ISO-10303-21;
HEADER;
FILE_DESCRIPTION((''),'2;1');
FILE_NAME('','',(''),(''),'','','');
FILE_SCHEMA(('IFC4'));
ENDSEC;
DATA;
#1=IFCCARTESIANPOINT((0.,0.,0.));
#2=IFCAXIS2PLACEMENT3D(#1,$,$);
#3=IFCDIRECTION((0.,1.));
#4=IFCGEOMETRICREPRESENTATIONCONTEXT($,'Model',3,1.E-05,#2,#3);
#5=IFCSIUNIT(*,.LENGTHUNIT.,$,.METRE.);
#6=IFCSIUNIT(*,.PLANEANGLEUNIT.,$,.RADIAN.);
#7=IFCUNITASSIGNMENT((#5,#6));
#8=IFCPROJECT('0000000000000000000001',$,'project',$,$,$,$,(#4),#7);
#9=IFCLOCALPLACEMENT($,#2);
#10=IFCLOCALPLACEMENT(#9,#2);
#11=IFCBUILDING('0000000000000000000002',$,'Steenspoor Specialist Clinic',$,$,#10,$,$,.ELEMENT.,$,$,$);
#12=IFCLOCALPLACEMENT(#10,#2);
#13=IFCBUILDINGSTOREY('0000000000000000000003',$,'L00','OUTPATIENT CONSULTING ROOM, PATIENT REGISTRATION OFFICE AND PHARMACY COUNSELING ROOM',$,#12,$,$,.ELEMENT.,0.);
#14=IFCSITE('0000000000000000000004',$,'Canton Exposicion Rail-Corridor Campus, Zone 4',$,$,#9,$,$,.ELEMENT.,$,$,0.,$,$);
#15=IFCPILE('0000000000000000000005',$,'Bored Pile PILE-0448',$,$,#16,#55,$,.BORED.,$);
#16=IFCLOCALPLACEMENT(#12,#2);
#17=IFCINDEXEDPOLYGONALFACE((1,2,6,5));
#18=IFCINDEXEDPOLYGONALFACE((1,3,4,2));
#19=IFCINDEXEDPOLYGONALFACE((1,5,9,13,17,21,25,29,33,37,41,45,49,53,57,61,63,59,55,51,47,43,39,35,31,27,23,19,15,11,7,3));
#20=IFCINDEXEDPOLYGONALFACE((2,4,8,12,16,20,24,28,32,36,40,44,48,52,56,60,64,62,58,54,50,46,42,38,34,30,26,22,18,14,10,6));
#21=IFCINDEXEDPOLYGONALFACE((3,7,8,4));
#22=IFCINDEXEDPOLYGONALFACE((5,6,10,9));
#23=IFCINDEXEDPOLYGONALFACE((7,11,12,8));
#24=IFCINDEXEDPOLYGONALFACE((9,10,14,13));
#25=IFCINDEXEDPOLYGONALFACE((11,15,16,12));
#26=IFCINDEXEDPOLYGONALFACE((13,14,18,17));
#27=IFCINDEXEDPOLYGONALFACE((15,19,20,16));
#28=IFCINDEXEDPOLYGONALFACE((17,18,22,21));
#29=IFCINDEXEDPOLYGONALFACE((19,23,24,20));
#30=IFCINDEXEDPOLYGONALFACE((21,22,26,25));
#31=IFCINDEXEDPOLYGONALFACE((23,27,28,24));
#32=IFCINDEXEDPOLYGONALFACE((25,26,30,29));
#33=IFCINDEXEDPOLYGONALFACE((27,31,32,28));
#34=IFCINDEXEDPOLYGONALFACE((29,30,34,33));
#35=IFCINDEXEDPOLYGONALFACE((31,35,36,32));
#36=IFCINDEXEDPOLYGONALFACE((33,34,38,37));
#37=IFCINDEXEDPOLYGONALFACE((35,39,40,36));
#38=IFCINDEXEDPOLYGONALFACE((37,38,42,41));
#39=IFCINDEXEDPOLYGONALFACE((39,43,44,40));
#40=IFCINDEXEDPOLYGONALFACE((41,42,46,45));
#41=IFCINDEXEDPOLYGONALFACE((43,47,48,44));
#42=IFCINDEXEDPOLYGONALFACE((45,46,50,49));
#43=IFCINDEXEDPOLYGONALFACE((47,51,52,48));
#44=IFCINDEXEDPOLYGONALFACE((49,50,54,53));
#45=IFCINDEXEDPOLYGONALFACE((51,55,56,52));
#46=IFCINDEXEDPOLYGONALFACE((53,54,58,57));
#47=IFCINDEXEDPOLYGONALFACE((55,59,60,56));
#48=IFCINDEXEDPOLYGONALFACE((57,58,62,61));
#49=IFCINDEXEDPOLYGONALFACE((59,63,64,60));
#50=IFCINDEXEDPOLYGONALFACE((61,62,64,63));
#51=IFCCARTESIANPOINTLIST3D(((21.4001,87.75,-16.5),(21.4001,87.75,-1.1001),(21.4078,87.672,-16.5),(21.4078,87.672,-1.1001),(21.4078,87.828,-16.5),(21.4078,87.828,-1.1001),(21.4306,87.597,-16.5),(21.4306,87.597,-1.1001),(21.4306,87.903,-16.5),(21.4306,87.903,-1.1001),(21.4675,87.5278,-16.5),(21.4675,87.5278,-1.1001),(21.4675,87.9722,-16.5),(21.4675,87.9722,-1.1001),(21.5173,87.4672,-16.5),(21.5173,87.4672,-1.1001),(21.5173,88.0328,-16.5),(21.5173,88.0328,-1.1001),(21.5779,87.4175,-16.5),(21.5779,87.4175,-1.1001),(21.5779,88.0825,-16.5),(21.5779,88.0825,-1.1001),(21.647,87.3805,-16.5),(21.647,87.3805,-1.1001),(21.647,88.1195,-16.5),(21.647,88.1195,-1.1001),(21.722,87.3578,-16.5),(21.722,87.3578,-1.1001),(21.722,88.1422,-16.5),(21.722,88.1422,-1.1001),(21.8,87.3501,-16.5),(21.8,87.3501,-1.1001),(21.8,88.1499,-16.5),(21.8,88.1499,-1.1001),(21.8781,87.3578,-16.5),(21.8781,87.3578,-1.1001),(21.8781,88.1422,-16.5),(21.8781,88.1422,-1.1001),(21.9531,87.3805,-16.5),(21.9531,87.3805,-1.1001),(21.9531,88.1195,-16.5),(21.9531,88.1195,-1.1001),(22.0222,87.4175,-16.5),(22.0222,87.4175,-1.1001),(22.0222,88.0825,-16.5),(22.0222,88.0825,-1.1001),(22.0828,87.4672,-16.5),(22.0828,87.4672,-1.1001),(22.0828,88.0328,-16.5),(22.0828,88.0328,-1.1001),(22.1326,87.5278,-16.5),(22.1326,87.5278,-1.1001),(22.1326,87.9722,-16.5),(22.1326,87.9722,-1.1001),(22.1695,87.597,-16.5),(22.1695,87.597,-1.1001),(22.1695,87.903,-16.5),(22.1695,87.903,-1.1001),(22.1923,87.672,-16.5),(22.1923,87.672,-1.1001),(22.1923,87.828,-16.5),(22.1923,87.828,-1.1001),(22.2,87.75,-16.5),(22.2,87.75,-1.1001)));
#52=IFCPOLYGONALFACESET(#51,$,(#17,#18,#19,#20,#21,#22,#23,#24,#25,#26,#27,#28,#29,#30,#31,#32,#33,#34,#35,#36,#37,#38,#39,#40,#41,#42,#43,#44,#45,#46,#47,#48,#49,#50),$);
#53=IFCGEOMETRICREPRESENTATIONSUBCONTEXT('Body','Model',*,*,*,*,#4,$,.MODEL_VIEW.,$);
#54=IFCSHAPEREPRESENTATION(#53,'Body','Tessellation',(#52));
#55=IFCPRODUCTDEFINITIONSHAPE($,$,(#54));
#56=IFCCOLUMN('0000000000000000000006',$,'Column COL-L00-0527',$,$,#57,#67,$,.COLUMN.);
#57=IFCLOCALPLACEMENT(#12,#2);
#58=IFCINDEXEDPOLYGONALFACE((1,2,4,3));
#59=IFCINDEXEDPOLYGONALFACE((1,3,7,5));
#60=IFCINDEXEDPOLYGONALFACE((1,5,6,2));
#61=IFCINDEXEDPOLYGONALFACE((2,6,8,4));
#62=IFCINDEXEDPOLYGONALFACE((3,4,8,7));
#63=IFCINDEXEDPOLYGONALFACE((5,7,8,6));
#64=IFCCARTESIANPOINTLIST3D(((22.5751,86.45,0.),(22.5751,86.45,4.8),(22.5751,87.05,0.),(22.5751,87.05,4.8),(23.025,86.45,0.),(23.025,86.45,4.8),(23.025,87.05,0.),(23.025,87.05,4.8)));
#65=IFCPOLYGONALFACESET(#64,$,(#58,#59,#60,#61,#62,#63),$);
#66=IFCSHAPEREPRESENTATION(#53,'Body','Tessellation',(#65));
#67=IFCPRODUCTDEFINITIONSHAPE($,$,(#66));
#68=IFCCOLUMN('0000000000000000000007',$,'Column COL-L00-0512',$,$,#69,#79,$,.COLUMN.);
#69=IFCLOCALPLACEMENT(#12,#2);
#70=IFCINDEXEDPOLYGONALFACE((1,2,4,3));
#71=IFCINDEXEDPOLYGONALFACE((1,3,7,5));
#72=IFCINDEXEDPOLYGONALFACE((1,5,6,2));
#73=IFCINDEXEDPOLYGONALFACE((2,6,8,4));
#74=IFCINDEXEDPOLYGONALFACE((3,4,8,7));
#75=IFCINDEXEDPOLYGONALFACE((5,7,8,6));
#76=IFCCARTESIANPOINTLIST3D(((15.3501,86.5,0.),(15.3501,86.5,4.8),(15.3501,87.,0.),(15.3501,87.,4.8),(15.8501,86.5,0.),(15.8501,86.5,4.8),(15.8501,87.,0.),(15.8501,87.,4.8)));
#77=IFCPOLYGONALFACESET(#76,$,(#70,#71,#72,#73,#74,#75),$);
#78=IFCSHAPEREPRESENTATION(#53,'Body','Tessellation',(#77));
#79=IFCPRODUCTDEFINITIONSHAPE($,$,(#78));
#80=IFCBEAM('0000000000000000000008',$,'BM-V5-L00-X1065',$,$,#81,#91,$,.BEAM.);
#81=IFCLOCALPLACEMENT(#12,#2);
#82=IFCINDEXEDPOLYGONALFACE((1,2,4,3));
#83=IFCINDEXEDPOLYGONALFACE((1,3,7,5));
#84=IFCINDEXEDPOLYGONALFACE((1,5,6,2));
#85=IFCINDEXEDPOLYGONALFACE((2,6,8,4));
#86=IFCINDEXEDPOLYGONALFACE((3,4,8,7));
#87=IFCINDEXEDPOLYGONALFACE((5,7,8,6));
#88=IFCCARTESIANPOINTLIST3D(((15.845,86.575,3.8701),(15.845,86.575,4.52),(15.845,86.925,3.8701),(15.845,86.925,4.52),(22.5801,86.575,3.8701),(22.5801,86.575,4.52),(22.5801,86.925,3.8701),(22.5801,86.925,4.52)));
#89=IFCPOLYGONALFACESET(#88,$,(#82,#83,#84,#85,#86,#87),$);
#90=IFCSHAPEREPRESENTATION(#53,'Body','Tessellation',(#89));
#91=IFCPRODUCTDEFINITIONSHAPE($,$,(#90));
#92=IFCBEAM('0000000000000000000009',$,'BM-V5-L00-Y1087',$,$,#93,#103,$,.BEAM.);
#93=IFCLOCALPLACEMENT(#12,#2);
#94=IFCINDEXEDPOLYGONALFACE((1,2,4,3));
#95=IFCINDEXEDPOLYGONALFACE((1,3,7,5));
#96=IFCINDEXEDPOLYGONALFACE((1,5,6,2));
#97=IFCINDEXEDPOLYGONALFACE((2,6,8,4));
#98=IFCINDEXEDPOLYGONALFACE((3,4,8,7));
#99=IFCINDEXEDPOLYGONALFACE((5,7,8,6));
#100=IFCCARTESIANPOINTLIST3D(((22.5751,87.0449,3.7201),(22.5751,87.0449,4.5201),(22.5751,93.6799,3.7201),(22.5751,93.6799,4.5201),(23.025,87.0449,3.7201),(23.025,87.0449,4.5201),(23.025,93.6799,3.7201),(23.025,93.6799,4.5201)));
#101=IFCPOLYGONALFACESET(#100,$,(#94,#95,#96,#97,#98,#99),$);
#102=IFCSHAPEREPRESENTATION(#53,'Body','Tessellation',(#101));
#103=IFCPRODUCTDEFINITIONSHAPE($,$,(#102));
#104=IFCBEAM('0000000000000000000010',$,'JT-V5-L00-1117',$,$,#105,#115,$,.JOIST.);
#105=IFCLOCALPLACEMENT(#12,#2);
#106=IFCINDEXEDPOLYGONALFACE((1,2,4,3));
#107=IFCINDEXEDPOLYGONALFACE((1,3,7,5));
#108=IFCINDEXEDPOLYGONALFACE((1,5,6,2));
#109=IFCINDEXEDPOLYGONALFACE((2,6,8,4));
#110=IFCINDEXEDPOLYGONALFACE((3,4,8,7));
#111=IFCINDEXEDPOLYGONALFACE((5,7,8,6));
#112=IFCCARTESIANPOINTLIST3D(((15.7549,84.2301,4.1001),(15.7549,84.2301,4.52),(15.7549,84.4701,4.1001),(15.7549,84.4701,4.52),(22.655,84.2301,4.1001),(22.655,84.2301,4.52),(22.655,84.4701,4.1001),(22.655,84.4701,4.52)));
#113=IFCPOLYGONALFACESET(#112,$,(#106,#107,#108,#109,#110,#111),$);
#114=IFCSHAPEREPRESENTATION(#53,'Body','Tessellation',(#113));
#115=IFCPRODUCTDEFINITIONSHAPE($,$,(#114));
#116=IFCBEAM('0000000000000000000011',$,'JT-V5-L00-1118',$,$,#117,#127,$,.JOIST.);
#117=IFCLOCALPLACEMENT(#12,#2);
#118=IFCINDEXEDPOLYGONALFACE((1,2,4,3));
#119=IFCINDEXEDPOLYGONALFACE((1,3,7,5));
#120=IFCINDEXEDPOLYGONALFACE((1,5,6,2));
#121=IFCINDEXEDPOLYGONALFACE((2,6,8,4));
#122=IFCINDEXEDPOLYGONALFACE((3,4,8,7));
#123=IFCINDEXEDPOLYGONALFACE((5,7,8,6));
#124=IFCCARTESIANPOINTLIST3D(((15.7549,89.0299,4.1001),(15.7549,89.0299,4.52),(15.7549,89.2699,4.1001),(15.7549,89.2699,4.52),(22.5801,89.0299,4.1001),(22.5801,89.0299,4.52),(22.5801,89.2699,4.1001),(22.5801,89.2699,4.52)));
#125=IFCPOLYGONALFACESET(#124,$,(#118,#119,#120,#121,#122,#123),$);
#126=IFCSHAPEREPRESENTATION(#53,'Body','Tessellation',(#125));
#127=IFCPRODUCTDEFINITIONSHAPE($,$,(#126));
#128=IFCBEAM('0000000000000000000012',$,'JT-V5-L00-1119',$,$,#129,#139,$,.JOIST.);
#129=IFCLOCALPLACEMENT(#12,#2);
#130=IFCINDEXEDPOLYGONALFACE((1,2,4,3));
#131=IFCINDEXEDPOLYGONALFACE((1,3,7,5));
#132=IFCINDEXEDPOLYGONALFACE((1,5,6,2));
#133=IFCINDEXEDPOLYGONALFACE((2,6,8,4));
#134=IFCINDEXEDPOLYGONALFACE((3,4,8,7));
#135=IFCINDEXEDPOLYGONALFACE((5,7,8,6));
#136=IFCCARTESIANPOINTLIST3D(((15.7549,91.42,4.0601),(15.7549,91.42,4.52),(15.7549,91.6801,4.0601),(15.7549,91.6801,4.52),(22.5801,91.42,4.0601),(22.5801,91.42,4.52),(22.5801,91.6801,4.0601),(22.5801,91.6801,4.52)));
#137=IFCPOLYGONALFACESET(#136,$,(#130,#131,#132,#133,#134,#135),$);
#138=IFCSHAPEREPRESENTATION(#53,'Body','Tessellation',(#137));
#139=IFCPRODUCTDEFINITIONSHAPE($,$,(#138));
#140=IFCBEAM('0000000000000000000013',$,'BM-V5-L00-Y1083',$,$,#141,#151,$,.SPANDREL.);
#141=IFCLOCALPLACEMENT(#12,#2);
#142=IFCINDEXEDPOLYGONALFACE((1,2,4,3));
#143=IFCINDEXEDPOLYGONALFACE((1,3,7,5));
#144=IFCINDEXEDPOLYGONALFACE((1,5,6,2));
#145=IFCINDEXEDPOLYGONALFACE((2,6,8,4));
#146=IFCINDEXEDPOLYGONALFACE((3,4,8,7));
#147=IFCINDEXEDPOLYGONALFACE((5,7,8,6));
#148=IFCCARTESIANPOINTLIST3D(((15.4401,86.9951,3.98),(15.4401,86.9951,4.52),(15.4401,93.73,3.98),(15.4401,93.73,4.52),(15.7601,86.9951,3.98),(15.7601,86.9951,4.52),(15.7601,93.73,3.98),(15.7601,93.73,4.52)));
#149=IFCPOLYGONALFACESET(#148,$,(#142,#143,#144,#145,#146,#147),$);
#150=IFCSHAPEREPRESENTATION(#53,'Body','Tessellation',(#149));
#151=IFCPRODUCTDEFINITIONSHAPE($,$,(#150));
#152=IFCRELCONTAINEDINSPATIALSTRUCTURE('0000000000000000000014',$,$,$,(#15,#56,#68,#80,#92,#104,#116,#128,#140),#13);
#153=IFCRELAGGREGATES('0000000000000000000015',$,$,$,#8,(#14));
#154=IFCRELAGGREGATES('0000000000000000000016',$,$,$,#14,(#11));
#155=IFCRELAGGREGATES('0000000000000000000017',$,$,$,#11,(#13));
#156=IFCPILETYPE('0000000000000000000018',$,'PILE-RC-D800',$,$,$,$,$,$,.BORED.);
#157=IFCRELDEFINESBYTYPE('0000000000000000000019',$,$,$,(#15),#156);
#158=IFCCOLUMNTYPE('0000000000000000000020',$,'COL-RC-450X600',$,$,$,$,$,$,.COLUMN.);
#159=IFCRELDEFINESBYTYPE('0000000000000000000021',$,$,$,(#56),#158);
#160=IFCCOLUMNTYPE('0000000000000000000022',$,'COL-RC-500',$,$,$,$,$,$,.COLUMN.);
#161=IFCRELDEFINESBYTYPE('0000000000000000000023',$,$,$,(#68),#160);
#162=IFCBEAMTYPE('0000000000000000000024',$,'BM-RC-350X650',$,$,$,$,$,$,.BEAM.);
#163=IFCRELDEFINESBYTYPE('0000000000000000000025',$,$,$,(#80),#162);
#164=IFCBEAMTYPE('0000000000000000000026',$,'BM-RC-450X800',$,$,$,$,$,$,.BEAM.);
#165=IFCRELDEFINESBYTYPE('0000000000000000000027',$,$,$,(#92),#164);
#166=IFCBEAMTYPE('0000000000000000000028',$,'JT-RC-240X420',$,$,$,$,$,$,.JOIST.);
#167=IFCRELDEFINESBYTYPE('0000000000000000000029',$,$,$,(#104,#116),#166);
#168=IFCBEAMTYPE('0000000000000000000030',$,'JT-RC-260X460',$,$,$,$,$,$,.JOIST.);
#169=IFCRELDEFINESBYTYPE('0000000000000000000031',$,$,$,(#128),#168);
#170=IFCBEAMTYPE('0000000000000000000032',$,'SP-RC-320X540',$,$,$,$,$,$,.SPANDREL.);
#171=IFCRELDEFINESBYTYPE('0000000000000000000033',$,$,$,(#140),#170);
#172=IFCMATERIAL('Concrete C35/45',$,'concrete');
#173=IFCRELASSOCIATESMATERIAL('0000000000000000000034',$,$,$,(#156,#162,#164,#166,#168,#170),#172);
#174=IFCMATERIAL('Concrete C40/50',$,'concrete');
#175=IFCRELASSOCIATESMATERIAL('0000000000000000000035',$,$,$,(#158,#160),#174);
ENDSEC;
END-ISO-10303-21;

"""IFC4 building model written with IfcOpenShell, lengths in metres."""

from ifc_helpers import new_model, si_unit, direction, frame, origin, origin_2d, place, context, subcontext, project, spatial, rectangle, circle, extrude, material, material_profile, profile_set, type_object, element, save


model = new_model("IFC4")

# Units and contexts
model_context = context("Model", 3, precision=1e-05, world=origin(), true_north=direction((0.0, 1.0)))
body_context = subcontext(model_context, "Body", "Model", "MODEL_VIEW")
ifc_project = project(units=[si_unit("LENGTHUNIT", "METRE"), si_unit("PLANEANGLEUNIT", "RADIAN")], contexts=[model_context])

# Site, building, storey
site_placement = place(None, origin())
site = spatial("IfcSite", under=ifc_project, at=site_placement, Name="Canton Exposicion Rail-Corridor Campus, Zone 4", CompositionType="ELEMENT", RefElevation=0.0)
building_placement = place(site_placement, origin())
building = spatial("IfcBuilding", under=site, at=building_placement, Name="Steenspoor Specialist Clinic", CompositionType="ELEMENT")
storey_placement = place(building_placement, origin())
storey = spatial("IfcBuildingStorey", under=building, at=storey_placement, Name="L00", Description="OUTPATIENT CONSULTING ROOM, PATIENT REGISTRATION OFFICE AND PHARMACY COUNSELING ROOM", CompositionType="ELEMENT", Elevation=0.0)

# Shared definitions
ifc_material_1 = material(Name="Concrete C35/45", Category="concrete")

# Pile
ifc_material_profile_1 = material_profile(ifc_material_1, circle(Radius=0.3999, at=origin_2d()), Name="PILE-D800")
ifc_profile_set_1 = profile_set([ifc_material_profile_1], Name="Concrete C35/45")
pile_type = type_object("IfcPileType", Name="PILE-RC-D800", PredefinedType="BORED", material=ifc_profile_set_1)
for number, where, z_axis, x_axis, name in (
    (1, (21.8, 87.75, -1.1001), (0.0, 0.0, -1.0), (1.0, 0.0, 0.0), "Bored Pile PILE-0448"),
):
    element("IfcPile", number, at=place(storey_placement, frame(where, z_axis=z_axis, x_axis=x_axis)), inside=storey, type_object=pile_type, Name=name, PredefinedType="BORED", context=body_context, shape_type="SweptSolid", body=[
        extrude(circle(Radius=0.3999, at=origin_2d()), origin(), (0.0, 0.0, 1.0), 15.3999),
    ])

# Columns
ifc_material_2 = material(Name="Concrete C40/50", Category="concrete")
ifc_material_profile_2 = material_profile(ifc_material_2, rectangle(XDim=0.45, YDim=0.6001, at=origin_2d()), Name="RC-COL-450X600")
ifc_profile_set_2 = profile_set([ifc_material_profile_2], Name="Concrete C40/50")
column_type_1 = type_object("IfcColumnType", Name="COL-RC-450X600", PredefinedType="COLUMN", material=ifc_profile_set_2)
column_1_placement = place(storey_placement, frame((22.8, 86.75, 0.0), z_axis=(0.0, 0.0, 1.0), x_axis=(1.0, 0.0, 0.0)))
element("IfcColumn", 2, at=column_1_placement, inside=storey, type_object=column_type_1, Name="Column COL-L00-0527", PredefinedType="COLUMN", context=body_context, shape_type="SweptSolid", body=[
    extrude(rectangle(XDim=0.45, YDim=0.6001, at=origin_2d()), origin(), (0.0, 0.0, 1.0), 4.8),
])
ifc_material_profile_3 = material_profile(ifc_material_2, rectangle(XDim=0.5, YDim=0.5, at=origin_2d()), Name="RC-COL-500X500")
ifc_profile_set_3 = profile_set([ifc_material_profile_3], Name="Concrete C40/50")
column_type_2 = type_object("IfcColumnType", Name="COL-RC-500", PredefinedType="COLUMN", material=ifc_profile_set_3)
column_2_placement = place(storey_placement, frame((15.6001, 86.75, 0.0), z_axis=(0.0, 0.0, 1.0), x_axis=(1.0, 0.0, 0.0)))
element("IfcColumn", 3, at=column_2_placement, inside=storey, type_object=column_type_2, Name="Column COL-L00-0512", PredefinedType="COLUMN", context=body_context, shape_type="SweptSolid", body=[
    extrude(rectangle(XDim=0.5, YDim=0.5, at=origin_2d()), origin(), (0.0, 0.0, 1.0), 4.8),
])

# Beams
ifc_material_profile_4 = material_profile(ifc_material_1, rectangle(XDim=0.3501, YDim=0.6499, at=origin_2d()), Name="RC-BM-350X650")
ifc_profile_set_4 = profile_set([ifc_material_profile_4], Name="Concrete C35/45")
beam_type_1 = type_object("IfcBeamType", Name="BM-RC-350X650", PredefinedType="BEAM", material=ifc_profile_set_4)
beam_1_placement = place(storey_placement, frame((15.845, 86.75, 4.1951), z_axis=(1.0, 0.0, 0.0), x_axis=(0.0, 1.0, 0.0)))
element("IfcBeam", 4, at=beam_1_placement, inside=storey, type_object=beam_type_1, Name="BM-V5-L00-X1065", PredefinedType="BEAM", context=body_context, shape_type="SweptSolid", body=[
    extrude(rectangle(XDim=0.3501, YDim=0.6499, at=origin_2d()), origin(), (0.0, 0.0, 1.0), 6.7351),
])
ifc_material_profile_5 = material_profile(ifc_material_1, rectangle(XDim=0.45, YDim=0.8, at=origin_2d()), Name="RC-BM-450X800")
ifc_profile_set_5 = profile_set([ifc_material_profile_5], Name="Concrete C35/45")
beam_type_2 = type_object("IfcBeamType", Name="BM-RC-450X800", PredefinedType="BEAM", material=ifc_profile_set_5)
beam_2_placement = place(storey_placement, frame((22.8, 87.0449, 4.1201), z_axis=(0.0, 1.0, 0.0), x_axis=(-1.0, 0.0, 0.0)))
element("IfcBeam", 5, at=beam_2_placement, inside=storey, type_object=beam_type_2, Name="BM-V5-L00-Y1087", PredefinedType="BEAM", context=body_context, shape_type="SweptSolid", body=[
    extrude(rectangle(XDim=0.45, YDim=0.8, at=origin_2d()), origin(), (0.0, 0.0, 1.0), 6.635),
])
ifc_material_profile_6 = material_profile(ifc_material_1, rectangle(XDim=0.24, YDim=0.4199, at=origin_2d()), Name="RC-JT-240X420")
ifc_profile_set_6 = profile_set([ifc_material_profile_6], Name="Concrete C35/45")
beam_type_3 = type_object("IfcBeamType", Name="JT-RC-240X420", PredefinedType="JOIST", material=ifc_profile_set_6)
beam_3_placement = place(storey_placement, frame((15.7549, 84.3501, 4.3101), z_axis=(1.0, 0.0, 0.0), x_axis=(0.0, 1.0, 0.0)))
element("IfcBeam", 6, at=beam_3_placement, inside=storey, type_object=beam_type_3, Name="JT-V5-L00-1117", PredefinedType="JOIST", context=body_context, shape_type="SweptSolid", body=[
    extrude(rectangle(XDim=0.24, YDim=0.4199, at=origin_2d()), origin(), (0.0, 0.0, 1.0), 6.9001),
])
beam_4_placement = place(storey_placement, frame((15.7549, 89.1499, 4.3101), z_axis=(1.0, 0.0, 0.0), x_axis=(0.0, 1.0, 0.0)))
element("IfcBeam", 7, at=beam_4_placement, inside=storey, type_object=beam_type_3, Name="JT-V5-L00-1118", PredefinedType="JOIST", context=body_context, shape_type="SweptSolid", body=[
    extrude(rectangle(XDim=0.24, YDim=0.4199, at=origin_2d()), origin(), (0.0, 0.0, 1.0), 6.8252),
])
ifc_material_profile_7 = material_profile(ifc_material_1, rectangle(XDim=0.26, YDim=0.46, at=origin_2d()), Name="RC-JT-260X460")
ifc_profile_set_7 = profile_set([ifc_material_profile_7], Name="Concrete C35/45")
beam_type_4 = type_object("IfcBeamType", Name="JT-RC-260X460", PredefinedType="JOIST", material=ifc_profile_set_7)
beam_5_placement = place(storey_placement, frame((15.7549, 91.55, 4.29), z_axis=(1.0, 0.0, 0.0), x_axis=(0.0, 1.0, 0.0)))
element("IfcBeam", 8, at=beam_5_placement, inside=storey, type_object=beam_type_4, Name="JT-V5-L00-1119", PredefinedType="JOIST", context=body_context, shape_type="SweptSolid", body=[
    extrude(rectangle(XDim=0.26, YDim=0.46, at=origin_2d()), origin(), (0.0, 0.0, 1.0), 6.8252),
])
ifc_material_profile_8 = material_profile(ifc_material_1, rectangle(XDim=0.3201, YDim=0.54, at=origin_2d()), Name="RC-SP-320X540")
ifc_profile_set_8 = profile_set([ifc_material_profile_8], Name="Concrete C35/45")
beam_type_5 = type_object("IfcBeamType", Name="SP-RC-320X540", PredefinedType="SPANDREL", material=ifc_profile_set_8)
beam_6_placement = place(storey_placement, frame((15.6001, 86.9951, 4.25), z_axis=(0.0, 1.0, 0.0), x_axis=(-1.0, 0.0, 0.0)))
element("IfcBeam", 9, at=beam_6_placement, inside=storey, type_object=beam_type_5, Name="BM-V5-L00-Y1083", PredefinedType="SPANDREL", context=body_context, shape_type="SweptSolid", body=[
    extrude(rectangle(XDim=0.3201, YDim=0.54, at=origin_2d()), origin(), (0.0, 0.0, 1.0), 6.7349),
])

save(model, "model.ifc")
